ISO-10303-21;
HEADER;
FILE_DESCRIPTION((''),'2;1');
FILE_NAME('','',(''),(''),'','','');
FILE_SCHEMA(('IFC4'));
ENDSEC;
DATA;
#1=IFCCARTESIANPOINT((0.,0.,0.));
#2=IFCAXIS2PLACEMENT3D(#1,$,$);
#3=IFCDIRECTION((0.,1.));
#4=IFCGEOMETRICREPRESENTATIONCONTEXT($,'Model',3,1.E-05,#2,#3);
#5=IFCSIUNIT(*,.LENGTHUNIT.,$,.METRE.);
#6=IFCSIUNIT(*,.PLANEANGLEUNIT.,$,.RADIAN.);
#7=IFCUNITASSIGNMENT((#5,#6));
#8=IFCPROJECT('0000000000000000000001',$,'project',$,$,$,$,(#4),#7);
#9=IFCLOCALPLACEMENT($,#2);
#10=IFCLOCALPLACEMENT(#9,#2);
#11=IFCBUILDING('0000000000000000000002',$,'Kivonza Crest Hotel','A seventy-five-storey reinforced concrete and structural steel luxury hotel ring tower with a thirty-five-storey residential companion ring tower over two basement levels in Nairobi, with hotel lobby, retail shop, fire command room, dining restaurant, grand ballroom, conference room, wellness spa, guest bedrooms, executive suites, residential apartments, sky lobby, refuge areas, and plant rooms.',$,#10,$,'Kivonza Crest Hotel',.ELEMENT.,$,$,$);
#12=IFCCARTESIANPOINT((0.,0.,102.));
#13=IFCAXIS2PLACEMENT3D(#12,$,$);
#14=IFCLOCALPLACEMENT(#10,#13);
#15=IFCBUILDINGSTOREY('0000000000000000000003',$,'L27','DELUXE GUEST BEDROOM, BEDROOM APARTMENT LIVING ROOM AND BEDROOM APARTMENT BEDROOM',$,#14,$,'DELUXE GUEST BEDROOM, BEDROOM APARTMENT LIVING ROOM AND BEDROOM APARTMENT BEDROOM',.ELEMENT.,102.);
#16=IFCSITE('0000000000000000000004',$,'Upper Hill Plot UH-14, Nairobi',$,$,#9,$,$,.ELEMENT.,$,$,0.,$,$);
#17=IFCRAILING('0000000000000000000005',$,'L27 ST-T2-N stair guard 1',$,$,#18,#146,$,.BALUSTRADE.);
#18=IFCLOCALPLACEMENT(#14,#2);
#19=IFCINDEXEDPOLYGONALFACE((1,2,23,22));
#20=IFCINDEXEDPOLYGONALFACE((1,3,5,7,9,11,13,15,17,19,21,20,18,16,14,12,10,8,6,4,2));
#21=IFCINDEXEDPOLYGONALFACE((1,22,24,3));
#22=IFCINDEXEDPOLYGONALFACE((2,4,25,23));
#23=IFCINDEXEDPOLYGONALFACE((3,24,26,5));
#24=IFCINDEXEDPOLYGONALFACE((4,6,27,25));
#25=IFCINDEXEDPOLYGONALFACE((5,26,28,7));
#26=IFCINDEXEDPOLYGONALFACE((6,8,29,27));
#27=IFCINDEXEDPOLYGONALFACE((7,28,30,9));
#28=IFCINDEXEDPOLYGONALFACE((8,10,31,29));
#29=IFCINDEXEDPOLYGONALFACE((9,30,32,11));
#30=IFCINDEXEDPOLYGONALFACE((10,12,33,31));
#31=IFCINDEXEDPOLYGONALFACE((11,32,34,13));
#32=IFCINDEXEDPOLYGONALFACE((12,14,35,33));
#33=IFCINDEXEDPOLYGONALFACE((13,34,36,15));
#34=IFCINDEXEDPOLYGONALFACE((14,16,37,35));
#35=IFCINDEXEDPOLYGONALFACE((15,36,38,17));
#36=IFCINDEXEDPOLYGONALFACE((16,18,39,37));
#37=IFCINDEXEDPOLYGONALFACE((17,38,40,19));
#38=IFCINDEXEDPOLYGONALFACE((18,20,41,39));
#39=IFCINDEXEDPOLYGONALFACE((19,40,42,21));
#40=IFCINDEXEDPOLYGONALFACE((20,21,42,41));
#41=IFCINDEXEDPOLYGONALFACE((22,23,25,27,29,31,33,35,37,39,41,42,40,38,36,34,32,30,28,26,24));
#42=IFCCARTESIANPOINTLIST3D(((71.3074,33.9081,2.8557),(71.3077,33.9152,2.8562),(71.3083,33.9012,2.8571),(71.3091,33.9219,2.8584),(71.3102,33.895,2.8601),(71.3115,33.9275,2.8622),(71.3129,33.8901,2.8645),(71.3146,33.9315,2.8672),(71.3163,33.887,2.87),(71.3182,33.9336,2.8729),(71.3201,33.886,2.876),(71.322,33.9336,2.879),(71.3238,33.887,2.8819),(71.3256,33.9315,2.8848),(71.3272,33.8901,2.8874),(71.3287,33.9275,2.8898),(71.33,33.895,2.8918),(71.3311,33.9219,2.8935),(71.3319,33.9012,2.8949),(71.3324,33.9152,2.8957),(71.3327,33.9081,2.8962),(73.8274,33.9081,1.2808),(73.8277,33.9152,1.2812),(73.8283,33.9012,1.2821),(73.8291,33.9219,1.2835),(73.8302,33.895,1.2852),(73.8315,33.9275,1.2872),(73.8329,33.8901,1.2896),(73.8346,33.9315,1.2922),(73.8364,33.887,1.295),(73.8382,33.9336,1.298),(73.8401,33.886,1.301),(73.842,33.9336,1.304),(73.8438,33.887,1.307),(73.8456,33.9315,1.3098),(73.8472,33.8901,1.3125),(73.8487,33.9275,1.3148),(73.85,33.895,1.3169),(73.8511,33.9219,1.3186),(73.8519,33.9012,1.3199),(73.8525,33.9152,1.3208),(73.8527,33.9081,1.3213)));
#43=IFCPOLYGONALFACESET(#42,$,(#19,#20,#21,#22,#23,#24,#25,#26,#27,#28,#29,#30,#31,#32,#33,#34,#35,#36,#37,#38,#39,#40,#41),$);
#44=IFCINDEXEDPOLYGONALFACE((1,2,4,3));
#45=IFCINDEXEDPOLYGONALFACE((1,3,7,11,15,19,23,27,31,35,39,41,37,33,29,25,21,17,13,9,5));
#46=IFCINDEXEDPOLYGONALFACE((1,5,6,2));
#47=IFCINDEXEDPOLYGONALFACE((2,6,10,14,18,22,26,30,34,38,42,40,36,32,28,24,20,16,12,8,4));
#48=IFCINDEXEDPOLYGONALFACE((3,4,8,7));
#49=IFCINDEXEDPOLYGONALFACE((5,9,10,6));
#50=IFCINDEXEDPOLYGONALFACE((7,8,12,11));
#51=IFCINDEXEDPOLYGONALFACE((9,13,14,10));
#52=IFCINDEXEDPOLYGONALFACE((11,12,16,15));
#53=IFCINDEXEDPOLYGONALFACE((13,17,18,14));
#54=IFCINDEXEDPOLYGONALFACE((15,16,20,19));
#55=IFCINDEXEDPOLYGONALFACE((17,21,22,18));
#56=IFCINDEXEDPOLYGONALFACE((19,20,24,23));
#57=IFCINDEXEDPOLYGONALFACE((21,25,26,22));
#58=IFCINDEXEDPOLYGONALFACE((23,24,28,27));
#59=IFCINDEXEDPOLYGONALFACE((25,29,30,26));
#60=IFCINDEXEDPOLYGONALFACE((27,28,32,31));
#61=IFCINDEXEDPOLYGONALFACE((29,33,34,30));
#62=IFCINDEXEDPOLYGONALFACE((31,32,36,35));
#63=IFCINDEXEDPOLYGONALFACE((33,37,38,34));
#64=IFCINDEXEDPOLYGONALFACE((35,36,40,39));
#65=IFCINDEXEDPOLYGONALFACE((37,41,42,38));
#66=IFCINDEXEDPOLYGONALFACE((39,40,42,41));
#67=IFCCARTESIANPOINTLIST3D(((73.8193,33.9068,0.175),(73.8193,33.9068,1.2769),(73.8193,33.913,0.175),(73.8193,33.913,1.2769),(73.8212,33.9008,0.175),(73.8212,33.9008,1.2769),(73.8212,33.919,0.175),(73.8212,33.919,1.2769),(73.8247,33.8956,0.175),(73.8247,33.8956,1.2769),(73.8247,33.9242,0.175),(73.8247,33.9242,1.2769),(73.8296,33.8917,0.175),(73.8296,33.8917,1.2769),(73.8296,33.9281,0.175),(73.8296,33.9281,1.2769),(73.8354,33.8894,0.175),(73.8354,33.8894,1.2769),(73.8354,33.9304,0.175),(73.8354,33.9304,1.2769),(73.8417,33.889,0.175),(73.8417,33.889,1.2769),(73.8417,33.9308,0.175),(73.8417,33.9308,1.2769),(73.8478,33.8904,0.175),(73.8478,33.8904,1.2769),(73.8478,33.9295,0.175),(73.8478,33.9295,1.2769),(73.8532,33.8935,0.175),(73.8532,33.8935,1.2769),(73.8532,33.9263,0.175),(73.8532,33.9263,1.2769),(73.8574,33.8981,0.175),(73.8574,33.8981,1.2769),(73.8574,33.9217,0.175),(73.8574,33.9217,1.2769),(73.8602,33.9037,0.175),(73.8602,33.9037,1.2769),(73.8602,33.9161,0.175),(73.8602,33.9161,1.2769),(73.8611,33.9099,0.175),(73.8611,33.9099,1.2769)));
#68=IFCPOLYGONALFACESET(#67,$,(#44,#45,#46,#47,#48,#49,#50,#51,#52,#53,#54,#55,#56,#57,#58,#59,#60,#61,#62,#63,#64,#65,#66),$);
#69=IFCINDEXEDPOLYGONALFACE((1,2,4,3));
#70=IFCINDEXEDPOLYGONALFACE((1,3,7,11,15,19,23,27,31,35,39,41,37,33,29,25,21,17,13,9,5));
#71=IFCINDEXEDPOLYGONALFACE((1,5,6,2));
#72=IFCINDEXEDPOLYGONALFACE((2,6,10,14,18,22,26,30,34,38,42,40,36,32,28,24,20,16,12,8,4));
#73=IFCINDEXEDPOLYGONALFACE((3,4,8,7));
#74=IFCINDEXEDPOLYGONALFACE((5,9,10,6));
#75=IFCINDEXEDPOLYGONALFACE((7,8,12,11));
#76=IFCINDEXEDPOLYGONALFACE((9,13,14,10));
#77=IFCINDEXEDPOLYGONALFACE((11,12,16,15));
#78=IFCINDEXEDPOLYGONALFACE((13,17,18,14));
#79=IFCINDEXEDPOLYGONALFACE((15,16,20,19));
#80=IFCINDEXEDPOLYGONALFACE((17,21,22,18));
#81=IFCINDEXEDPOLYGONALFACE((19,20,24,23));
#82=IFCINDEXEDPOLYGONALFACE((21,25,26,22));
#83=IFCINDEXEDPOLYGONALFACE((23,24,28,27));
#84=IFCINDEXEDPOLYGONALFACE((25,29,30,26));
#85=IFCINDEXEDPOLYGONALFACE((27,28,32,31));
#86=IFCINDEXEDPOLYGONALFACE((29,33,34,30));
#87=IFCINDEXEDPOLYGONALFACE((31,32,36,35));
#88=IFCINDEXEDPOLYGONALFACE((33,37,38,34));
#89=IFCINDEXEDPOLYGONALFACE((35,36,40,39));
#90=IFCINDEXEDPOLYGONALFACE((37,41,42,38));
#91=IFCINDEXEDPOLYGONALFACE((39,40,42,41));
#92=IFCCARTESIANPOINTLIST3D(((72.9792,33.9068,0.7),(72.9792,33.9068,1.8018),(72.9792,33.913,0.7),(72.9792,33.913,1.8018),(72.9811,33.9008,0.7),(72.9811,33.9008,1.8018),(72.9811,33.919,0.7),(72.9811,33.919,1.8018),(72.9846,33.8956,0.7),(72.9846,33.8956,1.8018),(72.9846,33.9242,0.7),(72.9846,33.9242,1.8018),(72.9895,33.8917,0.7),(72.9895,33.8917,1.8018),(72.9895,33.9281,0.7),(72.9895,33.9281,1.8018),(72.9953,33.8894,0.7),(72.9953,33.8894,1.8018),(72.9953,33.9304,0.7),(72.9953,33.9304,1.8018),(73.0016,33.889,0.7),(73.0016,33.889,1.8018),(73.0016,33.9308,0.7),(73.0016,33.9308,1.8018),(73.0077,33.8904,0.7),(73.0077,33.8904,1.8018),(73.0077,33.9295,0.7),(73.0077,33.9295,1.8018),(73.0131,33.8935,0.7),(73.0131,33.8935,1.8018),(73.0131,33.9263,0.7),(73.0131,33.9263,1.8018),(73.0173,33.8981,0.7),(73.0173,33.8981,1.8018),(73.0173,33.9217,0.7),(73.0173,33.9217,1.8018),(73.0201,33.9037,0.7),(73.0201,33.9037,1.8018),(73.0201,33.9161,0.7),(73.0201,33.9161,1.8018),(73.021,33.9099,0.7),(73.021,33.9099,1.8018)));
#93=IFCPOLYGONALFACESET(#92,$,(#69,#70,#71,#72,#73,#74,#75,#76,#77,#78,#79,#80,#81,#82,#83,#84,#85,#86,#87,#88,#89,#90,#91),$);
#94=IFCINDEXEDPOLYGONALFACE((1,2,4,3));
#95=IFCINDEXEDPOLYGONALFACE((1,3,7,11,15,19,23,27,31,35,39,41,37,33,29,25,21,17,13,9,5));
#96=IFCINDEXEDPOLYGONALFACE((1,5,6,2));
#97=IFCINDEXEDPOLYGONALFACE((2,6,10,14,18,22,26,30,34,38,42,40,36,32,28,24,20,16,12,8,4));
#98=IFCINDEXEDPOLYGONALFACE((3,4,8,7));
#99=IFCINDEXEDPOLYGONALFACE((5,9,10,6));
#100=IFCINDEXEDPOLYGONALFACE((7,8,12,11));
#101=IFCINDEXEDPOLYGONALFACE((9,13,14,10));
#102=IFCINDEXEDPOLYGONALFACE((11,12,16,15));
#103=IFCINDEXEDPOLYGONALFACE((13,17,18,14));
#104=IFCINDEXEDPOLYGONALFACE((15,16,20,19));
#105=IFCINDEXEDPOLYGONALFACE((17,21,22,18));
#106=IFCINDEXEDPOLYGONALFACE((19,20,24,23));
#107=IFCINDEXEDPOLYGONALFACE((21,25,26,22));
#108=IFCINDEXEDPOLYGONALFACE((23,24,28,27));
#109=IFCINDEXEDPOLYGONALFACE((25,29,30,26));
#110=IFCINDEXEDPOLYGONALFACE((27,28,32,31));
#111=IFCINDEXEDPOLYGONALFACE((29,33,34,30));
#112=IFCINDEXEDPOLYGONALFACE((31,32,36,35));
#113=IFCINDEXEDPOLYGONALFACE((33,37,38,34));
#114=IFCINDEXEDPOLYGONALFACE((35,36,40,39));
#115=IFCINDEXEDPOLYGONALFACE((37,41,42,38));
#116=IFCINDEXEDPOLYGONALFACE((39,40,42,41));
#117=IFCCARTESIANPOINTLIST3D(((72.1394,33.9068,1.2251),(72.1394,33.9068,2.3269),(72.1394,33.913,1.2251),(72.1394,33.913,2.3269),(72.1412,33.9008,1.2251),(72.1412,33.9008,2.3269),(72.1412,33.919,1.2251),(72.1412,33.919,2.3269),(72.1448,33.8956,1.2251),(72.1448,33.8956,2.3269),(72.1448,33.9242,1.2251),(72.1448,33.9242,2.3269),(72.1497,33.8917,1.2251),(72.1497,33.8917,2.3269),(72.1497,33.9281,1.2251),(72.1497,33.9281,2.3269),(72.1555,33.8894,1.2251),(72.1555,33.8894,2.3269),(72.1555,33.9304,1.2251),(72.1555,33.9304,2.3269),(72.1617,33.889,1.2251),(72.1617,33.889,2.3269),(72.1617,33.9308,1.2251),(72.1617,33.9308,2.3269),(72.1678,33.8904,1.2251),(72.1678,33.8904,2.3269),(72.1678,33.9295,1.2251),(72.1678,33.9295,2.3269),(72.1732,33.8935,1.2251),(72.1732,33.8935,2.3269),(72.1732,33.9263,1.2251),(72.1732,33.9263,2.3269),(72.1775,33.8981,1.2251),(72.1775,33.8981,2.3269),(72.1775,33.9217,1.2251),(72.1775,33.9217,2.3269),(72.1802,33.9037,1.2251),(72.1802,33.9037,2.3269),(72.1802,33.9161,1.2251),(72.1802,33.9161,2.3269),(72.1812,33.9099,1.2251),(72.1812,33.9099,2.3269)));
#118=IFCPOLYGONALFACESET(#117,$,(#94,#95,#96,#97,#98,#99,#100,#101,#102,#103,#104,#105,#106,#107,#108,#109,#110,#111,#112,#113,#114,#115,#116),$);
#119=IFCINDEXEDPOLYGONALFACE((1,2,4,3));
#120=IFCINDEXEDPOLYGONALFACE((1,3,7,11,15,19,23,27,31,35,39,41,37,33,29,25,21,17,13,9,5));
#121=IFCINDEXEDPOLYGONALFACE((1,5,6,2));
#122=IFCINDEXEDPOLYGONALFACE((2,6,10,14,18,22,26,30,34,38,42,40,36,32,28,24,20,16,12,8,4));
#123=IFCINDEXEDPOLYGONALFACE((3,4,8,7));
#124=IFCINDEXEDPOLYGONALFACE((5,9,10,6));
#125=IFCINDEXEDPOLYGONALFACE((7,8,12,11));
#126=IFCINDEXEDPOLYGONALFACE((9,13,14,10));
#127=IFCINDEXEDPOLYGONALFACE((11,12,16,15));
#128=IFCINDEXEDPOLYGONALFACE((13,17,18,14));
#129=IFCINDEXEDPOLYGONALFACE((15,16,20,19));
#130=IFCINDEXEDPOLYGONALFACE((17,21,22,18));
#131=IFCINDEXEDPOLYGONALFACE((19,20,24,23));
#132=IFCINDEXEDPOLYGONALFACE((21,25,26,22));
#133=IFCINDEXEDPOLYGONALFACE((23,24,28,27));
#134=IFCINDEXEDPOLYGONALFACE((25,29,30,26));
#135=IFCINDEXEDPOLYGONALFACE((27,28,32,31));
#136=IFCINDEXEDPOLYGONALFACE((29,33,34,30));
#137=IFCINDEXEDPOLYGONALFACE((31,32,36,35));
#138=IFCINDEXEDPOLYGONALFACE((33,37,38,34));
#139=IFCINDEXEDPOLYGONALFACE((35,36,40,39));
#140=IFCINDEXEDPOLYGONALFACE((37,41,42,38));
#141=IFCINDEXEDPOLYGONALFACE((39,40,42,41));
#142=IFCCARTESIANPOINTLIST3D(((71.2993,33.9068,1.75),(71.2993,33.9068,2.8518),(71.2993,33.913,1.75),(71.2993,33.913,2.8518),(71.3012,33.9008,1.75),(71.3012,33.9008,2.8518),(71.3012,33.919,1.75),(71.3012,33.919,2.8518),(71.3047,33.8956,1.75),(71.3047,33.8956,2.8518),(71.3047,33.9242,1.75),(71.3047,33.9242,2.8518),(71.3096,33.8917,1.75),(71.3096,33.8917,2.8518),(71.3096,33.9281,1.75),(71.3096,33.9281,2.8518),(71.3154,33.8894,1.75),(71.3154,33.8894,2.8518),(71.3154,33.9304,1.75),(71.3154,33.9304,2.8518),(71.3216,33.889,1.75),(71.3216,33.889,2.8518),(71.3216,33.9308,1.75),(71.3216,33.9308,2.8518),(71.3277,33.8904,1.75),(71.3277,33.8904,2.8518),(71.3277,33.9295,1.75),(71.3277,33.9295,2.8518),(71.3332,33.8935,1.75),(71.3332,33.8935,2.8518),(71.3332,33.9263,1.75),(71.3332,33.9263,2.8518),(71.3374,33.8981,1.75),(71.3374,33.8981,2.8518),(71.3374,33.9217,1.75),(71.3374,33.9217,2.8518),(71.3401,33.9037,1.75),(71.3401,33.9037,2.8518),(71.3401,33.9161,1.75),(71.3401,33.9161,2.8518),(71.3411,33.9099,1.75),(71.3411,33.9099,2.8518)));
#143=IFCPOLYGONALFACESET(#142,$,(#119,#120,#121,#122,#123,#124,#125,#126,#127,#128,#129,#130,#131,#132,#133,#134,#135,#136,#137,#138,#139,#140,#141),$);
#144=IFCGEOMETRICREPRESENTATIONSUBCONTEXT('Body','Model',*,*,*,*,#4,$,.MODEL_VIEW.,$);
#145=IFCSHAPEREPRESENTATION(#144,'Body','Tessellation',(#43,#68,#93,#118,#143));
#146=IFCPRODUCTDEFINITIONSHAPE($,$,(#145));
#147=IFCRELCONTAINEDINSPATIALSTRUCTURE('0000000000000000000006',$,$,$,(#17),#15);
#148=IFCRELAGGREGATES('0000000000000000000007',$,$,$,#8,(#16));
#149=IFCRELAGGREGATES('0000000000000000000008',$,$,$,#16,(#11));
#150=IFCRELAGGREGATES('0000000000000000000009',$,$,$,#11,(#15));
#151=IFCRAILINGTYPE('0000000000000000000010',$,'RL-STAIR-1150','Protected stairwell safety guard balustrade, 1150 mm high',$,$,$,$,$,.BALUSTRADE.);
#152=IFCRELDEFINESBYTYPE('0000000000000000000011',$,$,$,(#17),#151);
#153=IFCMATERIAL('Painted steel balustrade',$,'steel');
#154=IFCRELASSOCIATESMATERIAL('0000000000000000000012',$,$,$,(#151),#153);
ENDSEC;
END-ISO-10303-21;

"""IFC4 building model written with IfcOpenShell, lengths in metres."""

from ifc_helpers import new_model, si_unit, direction, frame, origin, origin_2d, place, context, subcontext, project, spatial, circle, extrude, material, type_object, element, save


model = new_model("IFC4")

# Units and contexts
model_context = context("Model", 3, precision=1e-05, world=origin(), true_north=direction((0.0, 1.0)))
body_context = subcontext(model_context, "Body", "Model", "MODEL_VIEW")
ifc_project = project(units=[si_unit("LENGTHUNIT", "METRE"), si_unit("PLANEANGLEUNIT", "RADIAN")], contexts=[model_context])

# Site, building, storey
site_placement = place(None, origin())
site = spatial("IfcSite", under=ifc_project, at=site_placement, Name="Upper Hill Plot UH-14, Nairobi", CompositionType="ELEMENT", RefElevation=0.0)
building_placement = place(site_placement, origin())
building = spatial("IfcBuilding", under=site, at=building_placement, Name="Kivonza Crest Hotel", Description="A seventy-five-storey reinforced concrete and structural steel luxury hotel ring tower with a thirty-five-storey residential companion ring tower over two basement levels in Nairobi, with hotel lobby, retail shop, fire command room, dining restaurant, grand ballroom, conference room, wellness spa, guest bedrooms, executive suites, residential apartments, sky lobby, refuge areas, and plant rooms.", LongName="Kivonza Crest Hotel", CompositionType="ELEMENT")
storey_placement = place(building_placement, frame((0.0, 0.0, 102.0)))
storey = spatial("IfcBuildingStorey", under=building, at=storey_placement, Name="L27", Description="DELUXE GUEST BEDROOM, BEDROOM APARTMENT LIVING ROOM AND BEDROOM APARTMENT BEDROOM", LongName="DELUXE GUEST BEDROOM, BEDROOM APARTMENT LIVING ROOM AND BEDROOM APARTMENT BEDROOM", CompositionType="ELEMENT", Elevation=102.0)

# Railing
ifc_material_1 = material(Name="Painted steel balustrade", Category="steel")
railing_type_1 = type_object("IfcRailingType", Name="RL-STAIR-1150", Description="Protected stairwell safety guard balustrade, 1150 mm high", PredefinedType="BALUSTRADE", material=ifc_material_1)
railing_1_placement = place(storey_placement, frame((73.8401, 33.9099, 0.175)))
element("IfcRailing", 1, at=railing_1_placement, inside=storey, type_object=railing_type_1, Name="L27 ST-T2-N stair guard 1", PredefinedType="BALUSTRADE", context=body_context, shape_type="SweptSolid", body=[
    extrude(circle(Radius=0.0239, at=origin_2d()), frame((0.0, 0.0, 1.126), z_axis=(-0.848008, 0.0, 0.529984), x_axis=(0.0, -1.0, 0.0)), (0.0, 0.0, 1.0), 2.9717),
    extrude(circle(Radius=0.021, at=origin_2d()), origin(), (0.0, 0.0, 1.0), 1.1018),
    extrude(circle(Radius=0.021, at=origin_2d()), frame((-0.8401, 0.0, 0.5249)), (0.0, 0.0, 1.0), 1.1018),
    extrude(circle(Radius=0.021, at=origin_2d()), frame((-1.6799, 0.0, 1.05)), (0.0, 0.0, 1.0), 1.1018),
    extrude(circle(Radius=0.021, at=origin_2d()), frame((-2.52, 0.0, 1.575)), (0.0, 0.0, 1.0), 1.1018),
])

save(model, "model.ifc")
